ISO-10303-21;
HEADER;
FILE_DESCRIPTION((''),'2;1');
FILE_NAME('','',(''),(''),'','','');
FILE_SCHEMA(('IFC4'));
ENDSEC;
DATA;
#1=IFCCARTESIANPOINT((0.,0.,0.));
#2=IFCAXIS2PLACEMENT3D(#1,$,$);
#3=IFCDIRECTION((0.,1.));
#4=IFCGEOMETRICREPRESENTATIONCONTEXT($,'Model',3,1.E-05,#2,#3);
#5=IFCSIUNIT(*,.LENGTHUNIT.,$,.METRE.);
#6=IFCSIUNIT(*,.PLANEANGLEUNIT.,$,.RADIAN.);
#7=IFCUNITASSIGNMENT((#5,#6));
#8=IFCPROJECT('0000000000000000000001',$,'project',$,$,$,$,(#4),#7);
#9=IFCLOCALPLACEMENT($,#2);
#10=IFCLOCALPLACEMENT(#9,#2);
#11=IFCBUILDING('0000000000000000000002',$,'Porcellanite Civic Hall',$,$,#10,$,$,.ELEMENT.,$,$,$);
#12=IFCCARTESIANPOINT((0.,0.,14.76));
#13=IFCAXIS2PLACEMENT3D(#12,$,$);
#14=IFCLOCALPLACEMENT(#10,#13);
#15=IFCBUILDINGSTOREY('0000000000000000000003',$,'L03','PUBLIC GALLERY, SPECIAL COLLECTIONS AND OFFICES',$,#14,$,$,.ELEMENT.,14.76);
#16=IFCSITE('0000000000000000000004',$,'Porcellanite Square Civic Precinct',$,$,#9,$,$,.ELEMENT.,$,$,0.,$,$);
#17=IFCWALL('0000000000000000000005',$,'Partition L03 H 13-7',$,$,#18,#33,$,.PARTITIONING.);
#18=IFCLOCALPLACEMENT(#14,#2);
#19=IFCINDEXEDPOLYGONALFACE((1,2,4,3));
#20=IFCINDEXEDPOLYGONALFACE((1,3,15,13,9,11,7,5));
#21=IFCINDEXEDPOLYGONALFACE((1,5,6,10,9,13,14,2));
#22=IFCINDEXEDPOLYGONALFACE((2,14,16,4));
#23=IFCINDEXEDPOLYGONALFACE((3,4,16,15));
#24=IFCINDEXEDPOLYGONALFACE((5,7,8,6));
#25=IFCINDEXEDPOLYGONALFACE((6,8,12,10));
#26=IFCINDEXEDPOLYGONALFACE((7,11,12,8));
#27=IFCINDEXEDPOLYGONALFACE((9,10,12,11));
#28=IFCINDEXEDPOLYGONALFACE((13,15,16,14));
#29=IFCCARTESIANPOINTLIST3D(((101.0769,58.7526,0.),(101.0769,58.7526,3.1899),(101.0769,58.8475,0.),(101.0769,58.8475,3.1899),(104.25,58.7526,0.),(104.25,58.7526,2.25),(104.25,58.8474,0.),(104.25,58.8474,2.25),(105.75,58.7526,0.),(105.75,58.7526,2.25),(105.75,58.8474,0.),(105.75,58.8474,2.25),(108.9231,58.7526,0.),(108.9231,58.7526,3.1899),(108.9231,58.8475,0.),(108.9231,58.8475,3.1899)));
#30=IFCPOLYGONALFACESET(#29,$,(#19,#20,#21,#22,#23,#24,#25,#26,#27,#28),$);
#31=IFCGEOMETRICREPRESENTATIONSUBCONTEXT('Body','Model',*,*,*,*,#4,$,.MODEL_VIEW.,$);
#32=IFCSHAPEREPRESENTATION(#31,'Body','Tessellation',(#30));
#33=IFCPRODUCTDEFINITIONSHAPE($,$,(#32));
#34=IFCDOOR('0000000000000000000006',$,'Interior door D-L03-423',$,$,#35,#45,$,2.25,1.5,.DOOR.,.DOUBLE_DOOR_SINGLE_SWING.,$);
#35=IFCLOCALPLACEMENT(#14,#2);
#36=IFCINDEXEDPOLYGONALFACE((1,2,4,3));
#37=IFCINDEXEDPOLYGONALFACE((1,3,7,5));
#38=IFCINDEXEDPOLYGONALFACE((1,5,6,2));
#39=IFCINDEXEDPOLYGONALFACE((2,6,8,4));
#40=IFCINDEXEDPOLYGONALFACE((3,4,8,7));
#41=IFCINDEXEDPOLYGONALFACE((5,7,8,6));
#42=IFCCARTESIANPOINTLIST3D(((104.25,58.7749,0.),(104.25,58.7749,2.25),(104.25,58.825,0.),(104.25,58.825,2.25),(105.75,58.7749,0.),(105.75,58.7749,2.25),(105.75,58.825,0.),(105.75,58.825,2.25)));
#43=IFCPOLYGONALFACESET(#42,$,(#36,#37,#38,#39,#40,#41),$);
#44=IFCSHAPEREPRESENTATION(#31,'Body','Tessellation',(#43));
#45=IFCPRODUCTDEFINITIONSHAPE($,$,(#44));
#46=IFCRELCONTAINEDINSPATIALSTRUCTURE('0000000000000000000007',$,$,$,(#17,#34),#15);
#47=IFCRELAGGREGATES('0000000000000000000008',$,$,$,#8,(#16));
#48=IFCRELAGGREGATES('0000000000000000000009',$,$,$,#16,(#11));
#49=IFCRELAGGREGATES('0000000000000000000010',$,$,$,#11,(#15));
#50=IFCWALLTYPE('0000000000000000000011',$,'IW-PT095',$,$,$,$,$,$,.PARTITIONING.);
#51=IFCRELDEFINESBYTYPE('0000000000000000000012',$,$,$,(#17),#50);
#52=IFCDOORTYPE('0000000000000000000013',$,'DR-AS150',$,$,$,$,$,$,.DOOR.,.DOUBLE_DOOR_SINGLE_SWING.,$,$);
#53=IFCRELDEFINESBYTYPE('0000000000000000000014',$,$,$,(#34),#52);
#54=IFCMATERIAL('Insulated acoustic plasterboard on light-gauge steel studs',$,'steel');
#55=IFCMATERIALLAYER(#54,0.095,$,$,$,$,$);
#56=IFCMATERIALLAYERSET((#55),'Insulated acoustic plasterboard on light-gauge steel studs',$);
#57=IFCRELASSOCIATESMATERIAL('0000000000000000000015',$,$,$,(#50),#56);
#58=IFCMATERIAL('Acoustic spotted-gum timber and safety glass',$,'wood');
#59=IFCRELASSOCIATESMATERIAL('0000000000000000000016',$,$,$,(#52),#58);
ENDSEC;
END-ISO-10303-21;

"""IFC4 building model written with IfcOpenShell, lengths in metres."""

from ifc_helpers import new_model, si_unit, direction, frame, frame_2d, origin, place, context, subcontext, project, spatial, rectangle, extrude, material, layer, layer_set, type_object, element, fill, save


model = new_model("IFC4")

# Units and contexts
model_context = context("Model", 3, precision=1e-05, world=origin(), true_north=direction((0.0, 1.0)))
body_context = subcontext(model_context, "Body", "Model", "MODEL_VIEW")
ifc_project = project(units=[si_unit("LENGTHUNIT", "METRE"), si_unit("PLANEANGLEUNIT", "RADIAN")], contexts=[model_context])

# Site, building, storey
site_placement = place(None, origin())
site = spatial("IfcSite", under=ifc_project, at=site_placement, Name="Porcellanite Square Civic Precinct", CompositionType="ELEMENT", RefElevation=0.0)
building_placement = place(site_placement, origin())
building = spatial("IfcBuilding", under=site, at=building_placement, Name="Porcellanite Civic Hall", CompositionType="ELEMENT")
storey_placement = place(building_placement, frame((0.0, 0.0, 14.76)))
storey = spatial("IfcBuildingStorey", under=building, at=storey_placement, Name="L03", Description="PUBLIC GALLERY, SPECIAL COLLECTIONS AND OFFICES", CompositionType="ELEMENT", Elevation=14.76)

# Wall, opening, door
ifc_material_1 = material(Name="Insulated acoustic plasterboard on light-gauge steel studs", Category="steel")
ifc_layer_1 = layer(ifc_material_1, 0.095)
ifc_layer_set_1 = layer_set([ifc_layer_1], Name="Insulated acoustic plasterboard on light-gauge steel studs")
wall_type = type_object("IfcWallType", Name="IW-PT095", PredefinedType="PARTITIONING", material=ifc_layer_set_1)
wall_placement = place(storey_placement, frame((101.0769, 58.8, 0.0), z_axis=(0.0, 0.0, 1.0), x_axis=(1.0, 0.0, 0.0)))
wall = element("IfcWall", 1, at=wall_placement, inside=storey, type_object=wall_type, Name="Partition L03 H 13-7", PredefinedType="PARTITIONING", context=body_context, shape_type="SweptSolid", body=[
    extrude(rectangle(XDim=7.8462, YDim=0.095, at=frame_2d((3.9231, 0.0))), origin(), (0.0, 0.0, 1.0), 3.1899),
])
opening_placement = place(wall_placement, frame((3.1731, 0.0, 0.0)))
opening = element("IfcOpeningElement", 2, at=opening_placement, cuts=wall, PredefinedType="OPENING", context=body_context, shape_type="SweptSolid", body=[
    extrude(rectangle(XDim=1.5, YDim=2.25, at=frame_2d((0.75, 1.125))), frame((0.0, 0.0474, 0.0), z_axis=(0.0, -1.0, 0.0), x_axis=(1.0, 0.0, 0.0)), (0.0, 0.0, 1.0), 0.095),
])
ifc_material_2 = material(Name="Acoustic spotted-gum timber and safety glass", Category="wood")
door_type = type_object("IfcDoorType", Name="DR-AS150", OperationType="DOUBLE_DOOR_SINGLE_SWING", PredefinedType="DOOR", material=ifc_material_2)
door_placement = place(opening_placement, origin())
door = element("IfcDoor", 3, at=door_placement, inside=storey, type_object=door_type, Name="Interior door D-L03-423", OperationType="DOUBLE_DOOR_SINGLE_SWING", OverallHeight=2.25, OverallWidth=1.5, PredefinedType="DOOR", context=body_context, shape_type="SweptSolid", body=[
    extrude(rectangle(XDim=1.5, YDim=2.25, at=frame_2d((0.75, 1.125))), frame((0.0, 0.0249, 0.0), z_axis=(0.0, -1.0, 0.0), x_axis=(1.0, 0.0, 0.0)), (0.0, 0.0, 1.0), 0.05),
])
fill(opening, door)

save(model, "model.ifc")
